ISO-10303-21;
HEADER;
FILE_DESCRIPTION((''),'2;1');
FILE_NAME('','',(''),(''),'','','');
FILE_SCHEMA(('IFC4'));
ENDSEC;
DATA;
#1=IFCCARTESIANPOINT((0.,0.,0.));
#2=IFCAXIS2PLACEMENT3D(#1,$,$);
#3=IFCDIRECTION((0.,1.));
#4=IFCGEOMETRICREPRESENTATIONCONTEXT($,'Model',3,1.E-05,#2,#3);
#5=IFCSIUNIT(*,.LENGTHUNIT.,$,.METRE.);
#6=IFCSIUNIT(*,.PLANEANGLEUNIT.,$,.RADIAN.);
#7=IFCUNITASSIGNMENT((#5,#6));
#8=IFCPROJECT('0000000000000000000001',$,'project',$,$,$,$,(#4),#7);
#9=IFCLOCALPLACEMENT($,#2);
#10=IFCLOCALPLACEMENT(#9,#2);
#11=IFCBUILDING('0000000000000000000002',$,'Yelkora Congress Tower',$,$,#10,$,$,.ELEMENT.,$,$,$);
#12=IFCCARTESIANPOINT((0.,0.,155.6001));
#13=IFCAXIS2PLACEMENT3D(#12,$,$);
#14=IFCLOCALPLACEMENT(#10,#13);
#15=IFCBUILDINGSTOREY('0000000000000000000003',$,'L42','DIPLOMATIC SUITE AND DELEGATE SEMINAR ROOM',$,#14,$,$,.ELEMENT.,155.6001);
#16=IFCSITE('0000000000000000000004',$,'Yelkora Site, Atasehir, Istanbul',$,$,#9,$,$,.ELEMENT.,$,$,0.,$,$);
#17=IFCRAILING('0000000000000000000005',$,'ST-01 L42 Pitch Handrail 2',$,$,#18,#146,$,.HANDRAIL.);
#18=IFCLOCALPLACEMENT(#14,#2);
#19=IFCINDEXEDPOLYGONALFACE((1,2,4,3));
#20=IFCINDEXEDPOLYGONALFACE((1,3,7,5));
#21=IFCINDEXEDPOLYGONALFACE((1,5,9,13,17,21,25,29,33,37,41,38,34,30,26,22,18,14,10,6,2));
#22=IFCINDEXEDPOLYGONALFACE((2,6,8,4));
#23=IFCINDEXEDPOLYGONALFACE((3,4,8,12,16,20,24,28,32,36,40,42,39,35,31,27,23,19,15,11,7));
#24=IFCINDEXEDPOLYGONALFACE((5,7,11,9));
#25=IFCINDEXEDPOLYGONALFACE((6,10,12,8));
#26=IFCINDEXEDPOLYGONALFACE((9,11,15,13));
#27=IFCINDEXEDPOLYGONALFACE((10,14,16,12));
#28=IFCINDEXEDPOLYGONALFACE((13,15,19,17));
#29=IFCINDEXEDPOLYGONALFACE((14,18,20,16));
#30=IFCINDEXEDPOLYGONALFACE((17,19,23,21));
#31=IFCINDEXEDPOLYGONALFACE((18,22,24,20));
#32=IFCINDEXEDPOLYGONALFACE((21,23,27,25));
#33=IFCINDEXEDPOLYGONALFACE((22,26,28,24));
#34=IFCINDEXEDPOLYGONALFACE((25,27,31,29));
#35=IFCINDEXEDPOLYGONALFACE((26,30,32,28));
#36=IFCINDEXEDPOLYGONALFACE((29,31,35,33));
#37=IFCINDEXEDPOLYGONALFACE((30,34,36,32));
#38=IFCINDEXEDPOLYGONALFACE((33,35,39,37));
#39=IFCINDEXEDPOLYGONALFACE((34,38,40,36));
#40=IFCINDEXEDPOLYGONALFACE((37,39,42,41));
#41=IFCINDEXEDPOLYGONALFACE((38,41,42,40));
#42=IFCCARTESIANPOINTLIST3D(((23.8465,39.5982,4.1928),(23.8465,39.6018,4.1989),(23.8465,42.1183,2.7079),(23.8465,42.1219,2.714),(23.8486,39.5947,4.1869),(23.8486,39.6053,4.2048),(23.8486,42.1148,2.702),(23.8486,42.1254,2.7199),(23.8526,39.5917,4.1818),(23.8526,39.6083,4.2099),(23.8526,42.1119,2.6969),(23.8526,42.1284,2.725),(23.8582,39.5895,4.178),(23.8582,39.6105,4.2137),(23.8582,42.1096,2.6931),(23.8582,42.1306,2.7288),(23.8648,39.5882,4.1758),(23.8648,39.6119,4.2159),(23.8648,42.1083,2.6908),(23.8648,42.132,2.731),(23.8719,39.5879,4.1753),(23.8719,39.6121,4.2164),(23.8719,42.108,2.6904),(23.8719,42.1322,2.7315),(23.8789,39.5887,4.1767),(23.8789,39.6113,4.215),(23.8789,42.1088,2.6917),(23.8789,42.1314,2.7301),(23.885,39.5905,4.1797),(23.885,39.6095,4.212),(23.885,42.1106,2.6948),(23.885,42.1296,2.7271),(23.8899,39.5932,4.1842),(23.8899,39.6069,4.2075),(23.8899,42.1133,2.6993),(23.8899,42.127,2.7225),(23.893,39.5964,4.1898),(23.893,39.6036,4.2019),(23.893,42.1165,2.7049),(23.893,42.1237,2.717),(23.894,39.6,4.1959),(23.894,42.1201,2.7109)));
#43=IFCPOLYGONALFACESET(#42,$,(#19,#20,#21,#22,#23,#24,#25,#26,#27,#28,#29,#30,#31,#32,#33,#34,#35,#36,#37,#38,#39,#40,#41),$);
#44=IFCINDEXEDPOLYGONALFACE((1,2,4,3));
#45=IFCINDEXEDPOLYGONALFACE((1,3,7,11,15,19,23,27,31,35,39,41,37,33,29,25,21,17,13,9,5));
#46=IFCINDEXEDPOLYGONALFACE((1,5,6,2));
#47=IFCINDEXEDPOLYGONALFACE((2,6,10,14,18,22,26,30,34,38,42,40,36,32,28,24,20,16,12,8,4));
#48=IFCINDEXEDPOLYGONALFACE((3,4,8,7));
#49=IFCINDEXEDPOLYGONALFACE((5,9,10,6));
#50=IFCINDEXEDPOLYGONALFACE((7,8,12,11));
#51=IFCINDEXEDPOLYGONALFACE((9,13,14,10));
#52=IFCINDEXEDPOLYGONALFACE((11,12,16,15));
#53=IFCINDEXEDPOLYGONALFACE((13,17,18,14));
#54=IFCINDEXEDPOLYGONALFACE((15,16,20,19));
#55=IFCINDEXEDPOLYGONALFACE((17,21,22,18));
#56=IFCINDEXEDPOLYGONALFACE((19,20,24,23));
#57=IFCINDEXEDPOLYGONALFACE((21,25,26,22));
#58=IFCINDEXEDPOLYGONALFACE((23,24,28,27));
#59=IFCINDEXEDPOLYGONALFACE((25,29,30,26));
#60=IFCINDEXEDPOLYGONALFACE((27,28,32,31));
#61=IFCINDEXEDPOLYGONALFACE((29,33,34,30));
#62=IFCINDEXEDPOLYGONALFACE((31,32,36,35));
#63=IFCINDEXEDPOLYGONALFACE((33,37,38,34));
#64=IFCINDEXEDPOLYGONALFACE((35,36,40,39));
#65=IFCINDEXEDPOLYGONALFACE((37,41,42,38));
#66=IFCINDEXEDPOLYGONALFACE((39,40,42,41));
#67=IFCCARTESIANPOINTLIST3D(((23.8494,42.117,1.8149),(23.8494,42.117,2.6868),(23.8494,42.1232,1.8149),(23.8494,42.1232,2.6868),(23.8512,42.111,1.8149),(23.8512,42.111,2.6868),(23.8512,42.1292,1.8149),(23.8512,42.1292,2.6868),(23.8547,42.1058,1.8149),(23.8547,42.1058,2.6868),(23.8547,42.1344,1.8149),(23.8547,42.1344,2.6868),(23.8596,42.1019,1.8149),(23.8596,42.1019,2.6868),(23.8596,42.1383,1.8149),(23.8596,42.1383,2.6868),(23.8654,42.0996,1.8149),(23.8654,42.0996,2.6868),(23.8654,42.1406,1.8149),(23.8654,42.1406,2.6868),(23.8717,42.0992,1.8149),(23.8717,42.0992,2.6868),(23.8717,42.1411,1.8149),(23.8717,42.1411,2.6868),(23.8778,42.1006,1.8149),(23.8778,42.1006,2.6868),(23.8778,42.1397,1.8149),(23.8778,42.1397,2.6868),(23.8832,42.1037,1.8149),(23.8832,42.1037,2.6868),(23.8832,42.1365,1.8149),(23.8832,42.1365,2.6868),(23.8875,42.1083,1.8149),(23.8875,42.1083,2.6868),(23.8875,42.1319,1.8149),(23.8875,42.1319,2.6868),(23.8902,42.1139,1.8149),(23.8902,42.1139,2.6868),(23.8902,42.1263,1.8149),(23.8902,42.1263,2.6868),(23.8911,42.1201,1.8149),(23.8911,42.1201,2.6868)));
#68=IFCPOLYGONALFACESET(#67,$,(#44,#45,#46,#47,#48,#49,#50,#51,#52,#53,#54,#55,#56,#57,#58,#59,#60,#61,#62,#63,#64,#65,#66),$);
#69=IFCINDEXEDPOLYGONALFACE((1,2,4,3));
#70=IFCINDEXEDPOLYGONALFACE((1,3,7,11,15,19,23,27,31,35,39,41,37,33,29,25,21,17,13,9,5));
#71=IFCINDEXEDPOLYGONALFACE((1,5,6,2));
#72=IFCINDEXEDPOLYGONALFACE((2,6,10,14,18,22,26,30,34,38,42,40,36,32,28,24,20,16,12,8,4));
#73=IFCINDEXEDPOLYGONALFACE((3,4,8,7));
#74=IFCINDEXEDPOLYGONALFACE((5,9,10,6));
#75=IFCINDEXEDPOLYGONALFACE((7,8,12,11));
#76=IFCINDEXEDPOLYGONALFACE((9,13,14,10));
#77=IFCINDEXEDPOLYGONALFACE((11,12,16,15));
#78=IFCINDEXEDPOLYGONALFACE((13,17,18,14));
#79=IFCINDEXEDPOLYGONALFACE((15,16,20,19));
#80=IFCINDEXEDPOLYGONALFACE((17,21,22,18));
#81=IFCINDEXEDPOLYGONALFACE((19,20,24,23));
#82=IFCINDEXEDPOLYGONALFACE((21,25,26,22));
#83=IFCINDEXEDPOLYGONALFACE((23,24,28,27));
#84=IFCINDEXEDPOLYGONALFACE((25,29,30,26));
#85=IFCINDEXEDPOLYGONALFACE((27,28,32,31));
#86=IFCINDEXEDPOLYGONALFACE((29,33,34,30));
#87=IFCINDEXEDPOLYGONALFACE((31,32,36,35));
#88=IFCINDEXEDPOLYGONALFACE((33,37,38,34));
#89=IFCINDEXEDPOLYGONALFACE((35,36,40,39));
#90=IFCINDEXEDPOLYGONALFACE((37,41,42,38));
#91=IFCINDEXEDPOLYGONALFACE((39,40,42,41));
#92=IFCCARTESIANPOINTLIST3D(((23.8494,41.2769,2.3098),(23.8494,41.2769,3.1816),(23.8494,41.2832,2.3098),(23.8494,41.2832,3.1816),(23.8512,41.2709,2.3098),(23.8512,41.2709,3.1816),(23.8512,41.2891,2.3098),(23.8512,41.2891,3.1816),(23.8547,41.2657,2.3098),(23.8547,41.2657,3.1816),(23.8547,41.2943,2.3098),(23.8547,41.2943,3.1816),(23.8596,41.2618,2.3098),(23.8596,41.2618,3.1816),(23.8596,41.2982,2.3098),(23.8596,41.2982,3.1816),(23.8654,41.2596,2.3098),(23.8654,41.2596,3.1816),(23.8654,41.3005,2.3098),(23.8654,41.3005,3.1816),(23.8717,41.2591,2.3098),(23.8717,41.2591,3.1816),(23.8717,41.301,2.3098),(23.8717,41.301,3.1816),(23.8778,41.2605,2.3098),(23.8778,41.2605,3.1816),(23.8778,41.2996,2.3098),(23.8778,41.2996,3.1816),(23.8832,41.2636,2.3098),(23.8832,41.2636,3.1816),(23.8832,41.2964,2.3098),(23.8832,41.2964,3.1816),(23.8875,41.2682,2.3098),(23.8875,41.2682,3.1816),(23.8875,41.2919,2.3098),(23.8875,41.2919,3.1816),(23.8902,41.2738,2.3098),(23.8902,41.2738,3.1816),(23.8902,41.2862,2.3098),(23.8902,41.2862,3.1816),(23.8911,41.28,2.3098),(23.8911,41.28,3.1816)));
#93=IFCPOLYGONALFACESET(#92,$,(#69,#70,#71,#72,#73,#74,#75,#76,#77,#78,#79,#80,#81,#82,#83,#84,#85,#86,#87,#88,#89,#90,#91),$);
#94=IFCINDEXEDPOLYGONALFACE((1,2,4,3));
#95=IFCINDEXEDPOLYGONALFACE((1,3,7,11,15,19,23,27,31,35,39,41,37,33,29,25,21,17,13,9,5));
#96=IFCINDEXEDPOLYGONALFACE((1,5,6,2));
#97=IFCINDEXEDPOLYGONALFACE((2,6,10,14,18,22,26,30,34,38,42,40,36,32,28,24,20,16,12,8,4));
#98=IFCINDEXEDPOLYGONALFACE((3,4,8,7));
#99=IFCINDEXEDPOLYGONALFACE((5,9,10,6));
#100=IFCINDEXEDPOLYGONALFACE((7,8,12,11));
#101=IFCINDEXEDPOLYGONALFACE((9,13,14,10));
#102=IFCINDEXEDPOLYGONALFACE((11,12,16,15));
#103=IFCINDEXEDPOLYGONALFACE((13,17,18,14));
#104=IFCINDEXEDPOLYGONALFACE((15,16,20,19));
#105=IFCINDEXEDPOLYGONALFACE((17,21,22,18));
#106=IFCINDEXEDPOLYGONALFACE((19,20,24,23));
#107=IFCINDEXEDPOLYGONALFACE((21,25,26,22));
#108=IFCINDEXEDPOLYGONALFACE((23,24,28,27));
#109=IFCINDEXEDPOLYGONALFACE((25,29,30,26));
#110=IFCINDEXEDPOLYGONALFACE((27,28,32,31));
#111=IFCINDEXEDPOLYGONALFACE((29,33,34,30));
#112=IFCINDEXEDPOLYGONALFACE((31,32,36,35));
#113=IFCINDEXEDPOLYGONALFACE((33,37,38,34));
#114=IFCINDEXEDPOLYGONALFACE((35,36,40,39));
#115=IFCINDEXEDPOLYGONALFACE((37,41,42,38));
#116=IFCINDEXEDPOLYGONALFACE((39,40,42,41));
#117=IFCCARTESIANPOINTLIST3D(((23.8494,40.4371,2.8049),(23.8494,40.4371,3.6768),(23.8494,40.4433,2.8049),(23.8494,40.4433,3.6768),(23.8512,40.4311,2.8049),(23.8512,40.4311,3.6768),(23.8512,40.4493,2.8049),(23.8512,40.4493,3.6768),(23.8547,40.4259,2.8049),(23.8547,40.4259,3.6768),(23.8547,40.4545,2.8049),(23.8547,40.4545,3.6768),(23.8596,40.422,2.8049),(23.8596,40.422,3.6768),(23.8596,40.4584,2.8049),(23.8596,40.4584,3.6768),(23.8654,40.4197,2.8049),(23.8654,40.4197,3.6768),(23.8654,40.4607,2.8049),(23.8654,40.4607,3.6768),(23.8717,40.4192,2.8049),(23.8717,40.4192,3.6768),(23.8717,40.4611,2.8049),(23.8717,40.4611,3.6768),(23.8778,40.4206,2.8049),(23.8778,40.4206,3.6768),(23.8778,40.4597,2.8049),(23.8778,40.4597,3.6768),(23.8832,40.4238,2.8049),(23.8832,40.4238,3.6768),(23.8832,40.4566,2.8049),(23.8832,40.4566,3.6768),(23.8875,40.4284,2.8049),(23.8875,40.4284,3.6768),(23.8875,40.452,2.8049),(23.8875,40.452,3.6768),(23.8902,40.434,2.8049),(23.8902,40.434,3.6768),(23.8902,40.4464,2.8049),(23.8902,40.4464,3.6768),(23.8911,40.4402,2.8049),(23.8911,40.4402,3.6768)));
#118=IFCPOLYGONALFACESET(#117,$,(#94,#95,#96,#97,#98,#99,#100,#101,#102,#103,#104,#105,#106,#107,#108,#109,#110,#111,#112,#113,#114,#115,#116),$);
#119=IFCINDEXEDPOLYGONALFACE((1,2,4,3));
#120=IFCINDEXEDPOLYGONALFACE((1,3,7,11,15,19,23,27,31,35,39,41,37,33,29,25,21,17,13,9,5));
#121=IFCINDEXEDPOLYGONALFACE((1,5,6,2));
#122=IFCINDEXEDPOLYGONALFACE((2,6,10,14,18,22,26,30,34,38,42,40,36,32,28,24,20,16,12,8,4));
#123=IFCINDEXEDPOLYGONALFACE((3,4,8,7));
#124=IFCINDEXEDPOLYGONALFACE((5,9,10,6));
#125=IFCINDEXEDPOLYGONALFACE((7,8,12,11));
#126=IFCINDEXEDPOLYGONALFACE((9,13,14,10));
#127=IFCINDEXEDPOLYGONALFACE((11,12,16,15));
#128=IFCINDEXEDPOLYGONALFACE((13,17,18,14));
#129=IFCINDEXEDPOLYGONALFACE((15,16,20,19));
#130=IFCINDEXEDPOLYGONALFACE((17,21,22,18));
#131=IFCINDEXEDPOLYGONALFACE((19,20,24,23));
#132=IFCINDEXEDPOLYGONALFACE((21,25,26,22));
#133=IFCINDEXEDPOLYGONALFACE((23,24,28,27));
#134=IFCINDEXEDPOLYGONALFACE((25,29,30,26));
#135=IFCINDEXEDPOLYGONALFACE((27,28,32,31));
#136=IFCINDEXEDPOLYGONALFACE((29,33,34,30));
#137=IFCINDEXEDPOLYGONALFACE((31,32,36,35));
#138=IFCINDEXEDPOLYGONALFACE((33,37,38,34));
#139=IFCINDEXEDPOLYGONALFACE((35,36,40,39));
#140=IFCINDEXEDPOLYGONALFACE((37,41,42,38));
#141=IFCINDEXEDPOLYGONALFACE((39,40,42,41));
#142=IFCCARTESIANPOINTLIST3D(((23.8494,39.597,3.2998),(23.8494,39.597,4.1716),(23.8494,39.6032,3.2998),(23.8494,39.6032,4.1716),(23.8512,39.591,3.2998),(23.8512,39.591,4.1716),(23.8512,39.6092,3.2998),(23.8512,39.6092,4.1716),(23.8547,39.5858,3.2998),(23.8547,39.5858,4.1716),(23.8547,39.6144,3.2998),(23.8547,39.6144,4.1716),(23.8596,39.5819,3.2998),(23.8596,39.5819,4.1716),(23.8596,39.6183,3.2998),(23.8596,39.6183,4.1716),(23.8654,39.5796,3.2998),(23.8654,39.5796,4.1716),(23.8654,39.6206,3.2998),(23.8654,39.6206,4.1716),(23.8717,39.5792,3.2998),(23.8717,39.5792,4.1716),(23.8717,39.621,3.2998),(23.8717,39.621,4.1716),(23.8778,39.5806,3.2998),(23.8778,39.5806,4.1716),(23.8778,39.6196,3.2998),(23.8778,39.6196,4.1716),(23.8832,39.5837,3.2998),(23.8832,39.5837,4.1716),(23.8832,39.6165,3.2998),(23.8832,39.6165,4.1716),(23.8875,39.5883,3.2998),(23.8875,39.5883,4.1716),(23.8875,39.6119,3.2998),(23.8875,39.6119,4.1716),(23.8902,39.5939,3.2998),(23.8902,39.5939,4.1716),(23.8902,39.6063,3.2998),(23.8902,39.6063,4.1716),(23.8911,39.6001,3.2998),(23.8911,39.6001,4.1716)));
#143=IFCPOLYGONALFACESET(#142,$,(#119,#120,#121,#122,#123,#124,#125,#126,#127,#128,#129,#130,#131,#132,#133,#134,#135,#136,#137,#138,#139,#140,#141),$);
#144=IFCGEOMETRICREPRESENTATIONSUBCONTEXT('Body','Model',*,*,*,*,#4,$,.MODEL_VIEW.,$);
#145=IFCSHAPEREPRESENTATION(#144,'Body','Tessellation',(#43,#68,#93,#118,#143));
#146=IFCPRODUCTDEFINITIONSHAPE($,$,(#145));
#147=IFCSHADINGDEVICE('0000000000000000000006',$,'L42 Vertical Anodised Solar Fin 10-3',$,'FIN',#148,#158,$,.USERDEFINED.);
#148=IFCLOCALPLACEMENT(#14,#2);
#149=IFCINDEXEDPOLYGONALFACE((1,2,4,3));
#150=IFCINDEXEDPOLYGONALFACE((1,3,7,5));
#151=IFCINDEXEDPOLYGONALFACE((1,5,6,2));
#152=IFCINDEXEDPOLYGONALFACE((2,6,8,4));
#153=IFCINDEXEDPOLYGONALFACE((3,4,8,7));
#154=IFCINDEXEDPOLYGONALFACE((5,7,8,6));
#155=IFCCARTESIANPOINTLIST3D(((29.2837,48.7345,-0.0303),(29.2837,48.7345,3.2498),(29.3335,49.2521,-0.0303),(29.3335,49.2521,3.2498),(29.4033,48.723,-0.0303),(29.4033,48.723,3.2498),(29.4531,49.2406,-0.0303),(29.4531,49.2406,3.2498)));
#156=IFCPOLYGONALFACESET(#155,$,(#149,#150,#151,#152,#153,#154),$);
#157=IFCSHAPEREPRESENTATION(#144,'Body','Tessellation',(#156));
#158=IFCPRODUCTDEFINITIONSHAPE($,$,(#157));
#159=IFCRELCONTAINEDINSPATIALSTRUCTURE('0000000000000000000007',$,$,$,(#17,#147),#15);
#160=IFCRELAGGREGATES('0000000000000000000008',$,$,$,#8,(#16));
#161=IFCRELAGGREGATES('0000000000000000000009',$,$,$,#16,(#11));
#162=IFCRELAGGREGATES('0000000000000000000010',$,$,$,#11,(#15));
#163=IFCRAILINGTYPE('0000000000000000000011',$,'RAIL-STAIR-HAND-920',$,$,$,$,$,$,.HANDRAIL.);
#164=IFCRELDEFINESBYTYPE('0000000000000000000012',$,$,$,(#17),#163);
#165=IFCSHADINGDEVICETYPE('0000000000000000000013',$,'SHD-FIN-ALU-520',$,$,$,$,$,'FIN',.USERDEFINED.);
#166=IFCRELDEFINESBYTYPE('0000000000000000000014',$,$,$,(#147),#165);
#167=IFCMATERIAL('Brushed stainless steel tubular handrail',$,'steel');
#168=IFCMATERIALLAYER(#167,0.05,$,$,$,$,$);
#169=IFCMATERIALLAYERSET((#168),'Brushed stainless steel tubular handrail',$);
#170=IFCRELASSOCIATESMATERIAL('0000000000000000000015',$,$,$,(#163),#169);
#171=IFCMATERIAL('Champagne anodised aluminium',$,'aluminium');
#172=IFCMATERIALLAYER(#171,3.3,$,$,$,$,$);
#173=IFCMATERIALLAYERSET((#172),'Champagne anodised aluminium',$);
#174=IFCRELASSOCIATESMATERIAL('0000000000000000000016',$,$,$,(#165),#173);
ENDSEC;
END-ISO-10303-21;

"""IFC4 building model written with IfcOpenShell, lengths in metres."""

from ifc_helpers import new_model, si_unit, direction, frame, origin, origin_2d, place, context, subcontext, project, spatial, rectangle, circle, extrude, material, layer, layer_set, type_object, element, save


model = new_model("IFC4")

# Units and contexts
model_context = context("Model", 3, precision=1e-05, world=origin(), true_north=direction((0.0, 1.0)))
body_context = subcontext(model_context, "Body", "Model", "MODEL_VIEW")
ifc_project = project(units=[si_unit("LENGTHUNIT", "METRE"), si_unit("PLANEANGLEUNIT", "RADIAN")], contexts=[model_context])

# Site, building, storey
site_placement = place(None, origin())
site = spatial("IfcSite", under=ifc_project, at=site_placement, Name="Yelkora Site, Atasehir, Istanbul", CompositionType="ELEMENT", RefElevation=0.0)
building_placement = place(site_placement, origin())
building = spatial("IfcBuilding", under=site, at=building_placement, Name="Yelkora Congress Tower", CompositionType="ELEMENT")
storey_placement = place(building_placement, frame((0.0, 0.0, 155.6001)))
storey = spatial("IfcBuildingStorey", under=building, at=storey_placement, Name="L42", Description="DIPLOMATIC SUITE AND DELEGATE SEMINAR ROOM", CompositionType="ELEMENT", Elevation=155.6001)

# Railing
ifc_material_1 = material(Name="Brushed stainless steel tubular handrail", Category="steel")
ifc_layer_1 = layer(ifc_material_1, 0.05)
ifc_layer_set_1 = layer_set([ifc_layer_1], Name="Brushed stainless steel tubular handrail")
railing_type_1 = type_object("IfcRailingType", Name="RAIL-STAIR-HAND-920", PredefinedType="HANDRAIL", material=ifc_layer_set_1)
railing_1_placement = place(storey_placement, frame((23.8701, 42.1201, 1.8149)))
element("IfcRailing", 1, at=railing_1_placement, inside=storey, type_object=railing_type_1, Name="ST-01 L42 Pitch Handrail 2", PredefinedType="HANDRAIL", context=body_context, shape_type="SweptSolid", body=[
    extrude(circle(Radius=0.0239, at=origin_2d()), frame((0.0, 0.0, 0.896), z_axis=(0.0, -0.861561, 0.507655), x_axis=(1.0, 0.0, 0.0)), (0.0, 0.0, 1.0), 2.925),
    extrude(circle(Radius=0.021, at=origin_2d()), origin(), (0.0, 0.0, 1.0), 0.8718),
    extrude(circle(Radius=0.021, at=origin_2d()), frame((0.0, -0.8401, 0.4949)), (0.0, 0.0, 1.0), 0.8718),
    extrude(circle(Radius=0.021, at=origin_2d()), frame((0.0, -1.6799, 0.99)), (0.0, 0.0, 1.0), 0.8718),
    extrude(circle(Radius=0.021, at=origin_2d()), frame((0.0, -2.52, 1.4849)), (0.0, 0.0, 1.0), 0.8718),
])

# Shading device
ifc_material_2 = material(Name="Champagne anodised aluminium", Category="aluminium")
ifc_layer_2 = layer(ifc_material_2, 3.3)
ifc_layer_set_2 = layer_set([ifc_layer_2], Name="Champagne anodised aluminium")
shading_device_type = type_object("IfcShadingDeviceType", Name="SHD-FIN-ALU-520", ElementType="FIN", PredefinedType="USERDEFINED", material=ifc_layer_set_2)
shading_device_placement = place(storey_placement, frame((29.3684, 48.9875, -0.0303), z_axis=(0.0, 0.0, 1.0), x_axis=(0.995396, -0.095846, 0.0)))
element("IfcShadingDevice", 2, at=shading_device_placement, inside=storey, type_object=shading_device_type, Name="L42 Vertical Anodised Solar Fin 10-3", ObjectType="FIN", PredefinedType="USERDEFINED", context=body_context, shape_type="SweptSolid", body=[
    extrude(rectangle(XDim=0.1201, YDim=0.52, at=origin_2d()), origin(), (0.0, 0.0, 1.0), 3.28),
])

save(model, "model.ifc")
